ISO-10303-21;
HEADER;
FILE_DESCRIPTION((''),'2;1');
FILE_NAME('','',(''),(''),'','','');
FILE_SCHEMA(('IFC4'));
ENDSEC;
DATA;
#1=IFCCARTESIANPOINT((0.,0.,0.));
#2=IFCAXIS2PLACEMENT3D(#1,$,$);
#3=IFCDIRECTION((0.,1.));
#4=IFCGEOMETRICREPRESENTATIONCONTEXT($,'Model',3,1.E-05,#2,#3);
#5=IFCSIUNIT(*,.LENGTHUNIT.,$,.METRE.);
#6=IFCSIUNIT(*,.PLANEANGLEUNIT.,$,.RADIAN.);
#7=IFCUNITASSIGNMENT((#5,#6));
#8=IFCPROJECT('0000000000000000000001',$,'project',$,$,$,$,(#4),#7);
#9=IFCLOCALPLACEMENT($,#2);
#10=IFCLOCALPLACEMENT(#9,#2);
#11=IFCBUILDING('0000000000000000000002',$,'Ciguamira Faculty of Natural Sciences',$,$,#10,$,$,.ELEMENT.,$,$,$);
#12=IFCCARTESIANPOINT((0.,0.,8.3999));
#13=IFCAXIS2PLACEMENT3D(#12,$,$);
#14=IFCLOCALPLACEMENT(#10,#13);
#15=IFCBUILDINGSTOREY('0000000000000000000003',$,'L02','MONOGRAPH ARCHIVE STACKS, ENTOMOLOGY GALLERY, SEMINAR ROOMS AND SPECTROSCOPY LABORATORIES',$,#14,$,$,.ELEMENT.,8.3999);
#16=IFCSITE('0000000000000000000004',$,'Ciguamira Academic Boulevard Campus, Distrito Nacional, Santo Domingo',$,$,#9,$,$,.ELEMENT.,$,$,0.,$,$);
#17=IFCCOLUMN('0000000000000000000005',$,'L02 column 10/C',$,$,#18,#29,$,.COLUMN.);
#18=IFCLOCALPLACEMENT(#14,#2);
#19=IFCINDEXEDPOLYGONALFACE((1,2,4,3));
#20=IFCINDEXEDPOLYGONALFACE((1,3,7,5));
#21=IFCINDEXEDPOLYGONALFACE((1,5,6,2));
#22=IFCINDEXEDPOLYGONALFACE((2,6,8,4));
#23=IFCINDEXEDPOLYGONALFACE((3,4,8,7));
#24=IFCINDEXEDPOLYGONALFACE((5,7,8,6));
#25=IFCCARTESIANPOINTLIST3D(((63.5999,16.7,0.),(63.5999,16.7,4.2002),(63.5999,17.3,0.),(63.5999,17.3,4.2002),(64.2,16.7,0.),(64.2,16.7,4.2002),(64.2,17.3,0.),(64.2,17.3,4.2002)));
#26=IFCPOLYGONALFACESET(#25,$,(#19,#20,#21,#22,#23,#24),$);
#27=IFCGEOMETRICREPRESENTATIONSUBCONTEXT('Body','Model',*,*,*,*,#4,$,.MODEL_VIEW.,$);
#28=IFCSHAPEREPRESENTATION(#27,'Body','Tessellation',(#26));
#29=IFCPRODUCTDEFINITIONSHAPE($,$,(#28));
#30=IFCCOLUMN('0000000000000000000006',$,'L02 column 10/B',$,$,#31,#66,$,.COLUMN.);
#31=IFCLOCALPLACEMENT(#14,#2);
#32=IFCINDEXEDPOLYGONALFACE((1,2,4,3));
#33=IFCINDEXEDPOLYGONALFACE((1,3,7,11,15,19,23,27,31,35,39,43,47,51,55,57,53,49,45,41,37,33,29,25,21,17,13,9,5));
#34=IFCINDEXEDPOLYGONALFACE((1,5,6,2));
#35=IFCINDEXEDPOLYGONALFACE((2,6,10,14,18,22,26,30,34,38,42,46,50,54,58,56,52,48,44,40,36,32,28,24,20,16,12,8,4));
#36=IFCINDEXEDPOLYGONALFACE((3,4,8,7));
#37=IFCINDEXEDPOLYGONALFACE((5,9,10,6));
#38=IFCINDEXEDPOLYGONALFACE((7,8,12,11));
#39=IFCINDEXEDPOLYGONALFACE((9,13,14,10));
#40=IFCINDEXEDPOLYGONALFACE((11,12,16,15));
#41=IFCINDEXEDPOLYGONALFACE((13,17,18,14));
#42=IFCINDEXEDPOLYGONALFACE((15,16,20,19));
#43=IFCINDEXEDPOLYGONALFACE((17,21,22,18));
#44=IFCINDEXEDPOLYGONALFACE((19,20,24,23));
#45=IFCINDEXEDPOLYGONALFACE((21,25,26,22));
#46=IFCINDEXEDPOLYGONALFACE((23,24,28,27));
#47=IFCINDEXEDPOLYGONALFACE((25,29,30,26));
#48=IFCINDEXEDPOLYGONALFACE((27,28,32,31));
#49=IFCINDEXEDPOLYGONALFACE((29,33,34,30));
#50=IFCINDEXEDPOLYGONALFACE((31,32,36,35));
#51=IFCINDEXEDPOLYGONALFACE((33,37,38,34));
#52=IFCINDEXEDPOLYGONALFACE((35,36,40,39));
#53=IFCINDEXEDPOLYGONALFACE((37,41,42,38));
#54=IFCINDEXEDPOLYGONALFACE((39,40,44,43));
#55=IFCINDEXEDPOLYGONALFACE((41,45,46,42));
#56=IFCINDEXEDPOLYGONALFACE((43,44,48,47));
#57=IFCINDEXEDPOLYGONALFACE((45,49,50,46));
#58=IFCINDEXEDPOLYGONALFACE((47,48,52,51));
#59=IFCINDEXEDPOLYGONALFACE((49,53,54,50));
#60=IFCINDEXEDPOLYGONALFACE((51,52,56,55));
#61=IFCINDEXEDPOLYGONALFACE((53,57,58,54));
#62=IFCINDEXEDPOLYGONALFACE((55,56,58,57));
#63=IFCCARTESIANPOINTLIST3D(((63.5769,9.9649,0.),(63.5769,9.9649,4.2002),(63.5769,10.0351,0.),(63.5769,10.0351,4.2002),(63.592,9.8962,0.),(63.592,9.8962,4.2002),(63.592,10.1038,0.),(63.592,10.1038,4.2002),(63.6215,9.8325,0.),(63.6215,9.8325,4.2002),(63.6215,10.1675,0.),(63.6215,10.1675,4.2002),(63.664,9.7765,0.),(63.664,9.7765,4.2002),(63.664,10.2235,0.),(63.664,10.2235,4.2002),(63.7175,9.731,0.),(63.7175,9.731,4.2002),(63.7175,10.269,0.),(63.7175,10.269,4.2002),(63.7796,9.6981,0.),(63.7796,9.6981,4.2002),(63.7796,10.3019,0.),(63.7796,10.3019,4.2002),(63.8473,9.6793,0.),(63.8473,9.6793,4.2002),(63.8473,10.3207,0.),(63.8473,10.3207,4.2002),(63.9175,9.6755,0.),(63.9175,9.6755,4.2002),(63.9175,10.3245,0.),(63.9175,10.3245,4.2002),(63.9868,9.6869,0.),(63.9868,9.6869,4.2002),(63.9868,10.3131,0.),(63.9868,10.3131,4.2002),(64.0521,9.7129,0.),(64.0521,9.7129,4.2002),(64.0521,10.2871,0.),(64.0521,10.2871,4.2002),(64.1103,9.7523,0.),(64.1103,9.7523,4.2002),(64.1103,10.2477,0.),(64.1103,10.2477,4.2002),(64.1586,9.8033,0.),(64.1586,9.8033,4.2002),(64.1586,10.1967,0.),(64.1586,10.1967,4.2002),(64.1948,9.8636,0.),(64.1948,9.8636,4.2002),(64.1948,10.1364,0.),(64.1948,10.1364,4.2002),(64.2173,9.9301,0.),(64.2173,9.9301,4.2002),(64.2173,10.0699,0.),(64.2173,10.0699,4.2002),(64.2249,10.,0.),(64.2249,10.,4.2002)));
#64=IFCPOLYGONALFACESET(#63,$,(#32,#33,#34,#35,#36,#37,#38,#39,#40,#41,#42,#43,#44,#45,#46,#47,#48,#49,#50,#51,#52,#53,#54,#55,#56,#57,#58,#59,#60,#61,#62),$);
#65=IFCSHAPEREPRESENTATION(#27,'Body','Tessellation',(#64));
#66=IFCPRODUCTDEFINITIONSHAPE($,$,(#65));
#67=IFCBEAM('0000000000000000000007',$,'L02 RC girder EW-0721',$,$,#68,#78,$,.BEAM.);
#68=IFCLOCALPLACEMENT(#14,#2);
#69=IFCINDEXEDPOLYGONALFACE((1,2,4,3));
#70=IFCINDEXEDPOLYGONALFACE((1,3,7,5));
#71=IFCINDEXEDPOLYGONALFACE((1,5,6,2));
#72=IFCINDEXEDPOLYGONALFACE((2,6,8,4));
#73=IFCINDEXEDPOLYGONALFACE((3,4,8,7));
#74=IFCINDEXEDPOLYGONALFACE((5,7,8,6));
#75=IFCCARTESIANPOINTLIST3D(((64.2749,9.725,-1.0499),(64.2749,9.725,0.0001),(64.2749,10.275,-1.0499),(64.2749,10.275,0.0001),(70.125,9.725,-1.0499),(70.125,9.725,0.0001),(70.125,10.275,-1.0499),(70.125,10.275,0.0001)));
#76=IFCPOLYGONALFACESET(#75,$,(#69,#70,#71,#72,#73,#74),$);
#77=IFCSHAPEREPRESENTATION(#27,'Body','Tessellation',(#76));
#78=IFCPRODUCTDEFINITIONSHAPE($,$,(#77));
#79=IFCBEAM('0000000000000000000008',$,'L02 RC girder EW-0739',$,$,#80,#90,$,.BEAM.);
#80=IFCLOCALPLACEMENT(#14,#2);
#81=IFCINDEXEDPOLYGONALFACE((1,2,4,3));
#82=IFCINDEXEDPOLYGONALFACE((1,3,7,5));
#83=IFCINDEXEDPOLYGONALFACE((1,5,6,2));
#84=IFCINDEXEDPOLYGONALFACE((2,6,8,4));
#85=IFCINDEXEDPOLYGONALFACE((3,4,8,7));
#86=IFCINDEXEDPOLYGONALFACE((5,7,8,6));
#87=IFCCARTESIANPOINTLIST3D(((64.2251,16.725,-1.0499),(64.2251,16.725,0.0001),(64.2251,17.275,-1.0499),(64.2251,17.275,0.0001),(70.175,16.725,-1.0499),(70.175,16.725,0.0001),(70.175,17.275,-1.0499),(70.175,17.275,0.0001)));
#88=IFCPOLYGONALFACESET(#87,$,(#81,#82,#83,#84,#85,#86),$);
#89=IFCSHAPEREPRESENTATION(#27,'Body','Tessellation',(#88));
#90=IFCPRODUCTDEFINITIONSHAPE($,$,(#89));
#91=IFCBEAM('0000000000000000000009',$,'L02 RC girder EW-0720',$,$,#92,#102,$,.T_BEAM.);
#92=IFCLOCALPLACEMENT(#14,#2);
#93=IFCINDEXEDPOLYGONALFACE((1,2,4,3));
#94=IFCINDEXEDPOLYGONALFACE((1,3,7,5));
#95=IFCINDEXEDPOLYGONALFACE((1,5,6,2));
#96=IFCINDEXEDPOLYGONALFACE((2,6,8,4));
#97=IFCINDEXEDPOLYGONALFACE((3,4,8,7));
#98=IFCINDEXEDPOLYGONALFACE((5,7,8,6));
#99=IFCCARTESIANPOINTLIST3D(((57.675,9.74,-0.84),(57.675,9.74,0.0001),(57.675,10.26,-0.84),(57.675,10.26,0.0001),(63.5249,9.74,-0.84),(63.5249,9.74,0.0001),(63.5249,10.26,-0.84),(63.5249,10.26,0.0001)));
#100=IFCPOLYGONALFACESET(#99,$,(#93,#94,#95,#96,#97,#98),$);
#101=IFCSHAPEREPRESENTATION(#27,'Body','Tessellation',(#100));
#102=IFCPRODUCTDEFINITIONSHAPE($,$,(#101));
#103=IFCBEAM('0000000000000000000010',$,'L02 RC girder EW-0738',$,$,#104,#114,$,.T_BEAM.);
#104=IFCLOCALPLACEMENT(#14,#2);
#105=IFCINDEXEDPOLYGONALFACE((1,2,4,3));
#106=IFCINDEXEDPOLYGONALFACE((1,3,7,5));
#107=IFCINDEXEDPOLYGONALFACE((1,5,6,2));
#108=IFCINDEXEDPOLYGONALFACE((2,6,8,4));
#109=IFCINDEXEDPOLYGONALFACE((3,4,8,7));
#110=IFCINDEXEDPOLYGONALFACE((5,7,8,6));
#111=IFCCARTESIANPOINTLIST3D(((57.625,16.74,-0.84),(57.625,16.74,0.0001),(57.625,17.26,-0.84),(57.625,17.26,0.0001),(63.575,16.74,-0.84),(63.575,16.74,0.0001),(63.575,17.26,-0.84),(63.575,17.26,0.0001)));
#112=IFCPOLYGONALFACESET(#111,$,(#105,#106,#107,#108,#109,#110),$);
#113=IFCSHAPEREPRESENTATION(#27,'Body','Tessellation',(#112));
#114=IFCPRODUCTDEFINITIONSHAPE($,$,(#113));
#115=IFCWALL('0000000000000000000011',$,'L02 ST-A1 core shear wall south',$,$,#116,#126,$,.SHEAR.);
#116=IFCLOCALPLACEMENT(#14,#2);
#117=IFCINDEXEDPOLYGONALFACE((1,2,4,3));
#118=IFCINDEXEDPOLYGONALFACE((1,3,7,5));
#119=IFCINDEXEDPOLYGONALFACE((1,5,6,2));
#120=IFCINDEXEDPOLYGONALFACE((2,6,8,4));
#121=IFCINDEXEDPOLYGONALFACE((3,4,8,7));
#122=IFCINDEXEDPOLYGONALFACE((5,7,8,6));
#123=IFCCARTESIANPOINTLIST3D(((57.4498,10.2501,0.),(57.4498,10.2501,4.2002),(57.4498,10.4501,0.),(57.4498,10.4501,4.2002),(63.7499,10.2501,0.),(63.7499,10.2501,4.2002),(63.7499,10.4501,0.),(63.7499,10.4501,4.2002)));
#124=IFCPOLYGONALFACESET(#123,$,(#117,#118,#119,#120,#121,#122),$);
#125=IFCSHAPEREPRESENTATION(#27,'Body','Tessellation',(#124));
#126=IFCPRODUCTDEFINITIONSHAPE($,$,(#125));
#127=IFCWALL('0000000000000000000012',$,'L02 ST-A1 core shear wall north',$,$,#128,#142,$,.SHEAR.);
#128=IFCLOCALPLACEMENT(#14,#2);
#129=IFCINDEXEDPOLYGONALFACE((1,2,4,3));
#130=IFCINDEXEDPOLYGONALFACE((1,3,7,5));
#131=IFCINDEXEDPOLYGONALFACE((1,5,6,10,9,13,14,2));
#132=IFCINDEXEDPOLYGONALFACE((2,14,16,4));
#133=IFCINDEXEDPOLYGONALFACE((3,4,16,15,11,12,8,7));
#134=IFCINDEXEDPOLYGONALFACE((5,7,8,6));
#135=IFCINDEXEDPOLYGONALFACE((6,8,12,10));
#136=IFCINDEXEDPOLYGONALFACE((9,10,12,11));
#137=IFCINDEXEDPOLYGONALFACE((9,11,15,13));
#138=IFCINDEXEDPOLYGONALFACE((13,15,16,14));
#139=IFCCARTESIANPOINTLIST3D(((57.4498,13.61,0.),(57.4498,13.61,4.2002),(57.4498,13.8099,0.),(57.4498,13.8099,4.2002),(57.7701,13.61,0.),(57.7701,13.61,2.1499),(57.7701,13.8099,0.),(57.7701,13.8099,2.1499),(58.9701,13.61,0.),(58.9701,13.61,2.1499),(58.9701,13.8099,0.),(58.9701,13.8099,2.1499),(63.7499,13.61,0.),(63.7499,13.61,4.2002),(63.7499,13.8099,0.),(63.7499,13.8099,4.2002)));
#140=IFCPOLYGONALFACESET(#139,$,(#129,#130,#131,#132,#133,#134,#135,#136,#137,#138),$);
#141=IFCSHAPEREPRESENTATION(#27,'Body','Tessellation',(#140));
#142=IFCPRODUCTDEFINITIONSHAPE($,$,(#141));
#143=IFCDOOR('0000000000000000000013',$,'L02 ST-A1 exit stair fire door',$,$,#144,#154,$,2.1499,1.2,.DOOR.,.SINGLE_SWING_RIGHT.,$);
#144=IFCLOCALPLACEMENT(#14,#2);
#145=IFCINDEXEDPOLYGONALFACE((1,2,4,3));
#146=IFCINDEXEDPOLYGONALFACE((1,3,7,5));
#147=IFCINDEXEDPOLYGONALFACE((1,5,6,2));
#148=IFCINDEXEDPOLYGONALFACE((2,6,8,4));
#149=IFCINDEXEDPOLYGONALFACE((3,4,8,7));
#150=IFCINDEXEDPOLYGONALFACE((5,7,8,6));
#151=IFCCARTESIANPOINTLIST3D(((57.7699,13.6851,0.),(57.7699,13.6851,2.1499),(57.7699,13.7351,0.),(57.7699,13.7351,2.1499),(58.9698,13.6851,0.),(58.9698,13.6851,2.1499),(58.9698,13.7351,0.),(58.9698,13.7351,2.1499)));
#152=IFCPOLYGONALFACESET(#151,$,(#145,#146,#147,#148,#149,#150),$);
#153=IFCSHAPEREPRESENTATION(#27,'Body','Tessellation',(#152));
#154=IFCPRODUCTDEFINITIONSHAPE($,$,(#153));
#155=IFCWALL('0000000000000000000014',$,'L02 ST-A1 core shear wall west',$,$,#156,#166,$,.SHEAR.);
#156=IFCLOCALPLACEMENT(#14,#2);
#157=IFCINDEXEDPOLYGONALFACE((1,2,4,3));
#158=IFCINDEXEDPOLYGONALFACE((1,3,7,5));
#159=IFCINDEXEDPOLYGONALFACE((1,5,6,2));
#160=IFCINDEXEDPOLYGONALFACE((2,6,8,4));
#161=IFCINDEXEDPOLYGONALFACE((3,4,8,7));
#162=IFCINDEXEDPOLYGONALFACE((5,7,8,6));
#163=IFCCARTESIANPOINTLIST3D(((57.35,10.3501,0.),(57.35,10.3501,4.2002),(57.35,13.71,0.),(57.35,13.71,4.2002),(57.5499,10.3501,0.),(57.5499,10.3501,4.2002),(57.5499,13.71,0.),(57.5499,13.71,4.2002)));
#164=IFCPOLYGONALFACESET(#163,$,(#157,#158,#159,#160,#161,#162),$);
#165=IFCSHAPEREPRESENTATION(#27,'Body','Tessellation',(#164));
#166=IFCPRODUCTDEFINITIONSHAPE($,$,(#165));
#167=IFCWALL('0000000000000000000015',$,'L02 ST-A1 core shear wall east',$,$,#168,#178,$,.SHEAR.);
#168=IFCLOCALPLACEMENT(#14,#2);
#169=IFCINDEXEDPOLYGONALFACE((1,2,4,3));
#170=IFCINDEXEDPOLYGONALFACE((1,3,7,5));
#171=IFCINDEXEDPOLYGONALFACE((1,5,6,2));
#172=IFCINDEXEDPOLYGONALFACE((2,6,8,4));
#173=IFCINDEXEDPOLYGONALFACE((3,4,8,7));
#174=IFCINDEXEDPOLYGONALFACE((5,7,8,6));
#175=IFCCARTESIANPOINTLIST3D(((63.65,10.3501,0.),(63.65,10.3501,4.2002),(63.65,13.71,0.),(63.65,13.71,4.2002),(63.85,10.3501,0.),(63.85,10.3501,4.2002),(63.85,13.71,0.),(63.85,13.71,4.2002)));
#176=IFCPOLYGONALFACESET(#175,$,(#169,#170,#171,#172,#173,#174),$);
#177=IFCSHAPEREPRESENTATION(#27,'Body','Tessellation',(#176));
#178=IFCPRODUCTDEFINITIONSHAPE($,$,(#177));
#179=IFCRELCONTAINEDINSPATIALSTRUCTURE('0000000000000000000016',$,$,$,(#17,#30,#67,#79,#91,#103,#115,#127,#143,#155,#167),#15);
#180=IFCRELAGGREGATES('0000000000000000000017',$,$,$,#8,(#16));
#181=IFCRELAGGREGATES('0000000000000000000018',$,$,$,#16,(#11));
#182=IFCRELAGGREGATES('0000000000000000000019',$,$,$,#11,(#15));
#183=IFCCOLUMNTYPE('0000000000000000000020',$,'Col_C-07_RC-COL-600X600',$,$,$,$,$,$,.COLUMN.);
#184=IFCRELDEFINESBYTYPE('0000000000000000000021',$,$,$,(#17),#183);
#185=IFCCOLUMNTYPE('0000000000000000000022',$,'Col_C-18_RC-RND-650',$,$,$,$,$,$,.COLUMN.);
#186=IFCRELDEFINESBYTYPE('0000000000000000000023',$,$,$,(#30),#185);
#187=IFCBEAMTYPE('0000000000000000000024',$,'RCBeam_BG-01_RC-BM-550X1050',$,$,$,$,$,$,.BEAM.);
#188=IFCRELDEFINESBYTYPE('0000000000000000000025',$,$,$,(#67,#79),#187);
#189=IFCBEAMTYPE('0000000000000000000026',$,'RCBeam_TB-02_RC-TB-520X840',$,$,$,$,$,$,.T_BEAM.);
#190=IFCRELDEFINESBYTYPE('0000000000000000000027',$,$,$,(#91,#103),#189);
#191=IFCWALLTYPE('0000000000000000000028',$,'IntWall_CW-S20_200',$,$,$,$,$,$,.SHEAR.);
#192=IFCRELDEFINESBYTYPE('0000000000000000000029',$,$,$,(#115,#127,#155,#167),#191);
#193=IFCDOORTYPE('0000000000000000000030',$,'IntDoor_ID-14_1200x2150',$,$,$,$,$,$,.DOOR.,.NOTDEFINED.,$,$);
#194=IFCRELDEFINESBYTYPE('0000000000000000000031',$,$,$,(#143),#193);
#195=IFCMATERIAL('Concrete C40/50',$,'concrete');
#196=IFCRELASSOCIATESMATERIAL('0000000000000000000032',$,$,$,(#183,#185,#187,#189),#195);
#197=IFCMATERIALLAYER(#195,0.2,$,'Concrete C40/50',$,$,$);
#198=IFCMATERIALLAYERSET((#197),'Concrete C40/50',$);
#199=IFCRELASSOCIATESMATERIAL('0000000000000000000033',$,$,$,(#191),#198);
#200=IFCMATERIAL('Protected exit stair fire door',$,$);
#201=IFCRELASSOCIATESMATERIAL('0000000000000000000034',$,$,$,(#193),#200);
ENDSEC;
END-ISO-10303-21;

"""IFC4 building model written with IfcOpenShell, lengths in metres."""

from ifc_helpers import new_model, si_unit, direction, frame, frame_2d, origin, origin_2d, place, context, subcontext, project, spatial, rectangle, circle, extrude, material, layer, layer_set, material_profile, profile_set, type_object, element, fill, save


model = new_model("IFC4")

# Units and contexts
model_context = context("Model", 3, precision=1e-05, world=origin(), true_north=direction((0.0, 1.0)))
body_context = subcontext(model_context, "Body", "Model", "MODEL_VIEW")
ifc_project = project(units=[si_unit("LENGTHUNIT", "METRE"), si_unit("PLANEANGLEUNIT", "RADIAN")], contexts=[model_context])

# Site, building, storey
site_placement = place(None, origin())
site = spatial("IfcSite", under=ifc_project, at=site_placement, Name="Ciguamira Academic Boulevard Campus, Distrito Nacional, Santo Domingo", CompositionType="ELEMENT", RefElevation=0.0)
building_placement = place(site_placement, origin())
building = spatial("IfcBuilding", under=site, at=building_placement, Name="Ciguamira Faculty of Natural Sciences", CompositionType="ELEMENT")
storey_placement = place(building_placement, frame((0.0, 0.0, 8.3999)))
storey = spatial("IfcBuildingStorey", under=building, at=storey_placement, Name="L02", Description="MONOGRAPH ARCHIVE STACKS, ENTOMOLOGY GALLERY, SEMINAR ROOMS AND SPECTROSCOPY LABORATORIES", CompositionType="ELEMENT", Elevation=8.3999)

# Columns
ifc_material_1 = material(Name="Concrete C40/50", Category="concrete")
ifc_material_profile_1 = material_profile(ifc_material_1, rectangle(XDim=0.6001, YDim=0.6001, at=origin_2d()), Name="RC-COL-600X600")
ifc_profile_set_1 = profile_set([ifc_material_profile_1], Name="Concrete C40/50")
column_type_1 = type_object("IfcColumnType", Name="Col_C-07_RC-COL-600X600", PredefinedType="COLUMN", material=ifc_profile_set_1)
column_1_placement = place(storey_placement, frame((63.8999, 17.0, 0.0), z_axis=(0.0, 0.0, 1.0), x_axis=(1.0, 0.0, 0.0)))
element("IfcColumn", 1, at=column_1_placement, inside=storey, type_object=column_type_1, Name="L02 column 10/C", PredefinedType="COLUMN", context=body_context, shape_type="SweptSolid", body=[
    extrude(rectangle(XDim=0.6001, YDim=0.6001, at=origin_2d()), origin(), (0.0, 0.0, 1.0), 4.2002),
])
ifc_material_profile_2 = material_profile(ifc_material_1, circle(Radius=0.325, at=origin_2d()), Name="RC-RND-650")
ifc_profile_set_2 = profile_set([ifc_material_profile_2], Name="Concrete C40/50")
column_type_2 = type_object("IfcColumnType", Name="Col_C-18_RC-RND-650", PredefinedType="COLUMN", material=ifc_profile_set_2)
column_2_placement = place(storey_placement, frame((63.8999, 10.0, 0.0), z_axis=(0.0, 0.0, 1.0), x_axis=(1.0, 0.0, 0.0)))
element("IfcColumn", 2, at=column_2_placement, inside=storey, type_object=column_type_2, Name="L02 column 10/B", PredefinedType="COLUMN", context=body_context, shape_type="SweptSolid", body=[
    extrude(circle(Radius=0.325, at=origin_2d()), origin(), (0.0, 0.0, 1.0), 4.2002),
])

# Beams
ifc_material_profile_3 = material_profile(ifc_material_1, rectangle(XDim=0.55, YDim=1.05, at=origin_2d()), Name="RC-BM-550X1050")
ifc_profile_set_3 = profile_set([ifc_material_profile_3], Name="Concrete C40/50")
beam_type_1 = type_object("IfcBeamType", Name="RCBeam_BG-01_RC-BM-550X1050", PredefinedType="BEAM", material=ifc_profile_set_3)
beam_1_placement = place(storey_placement, frame((64.2749, 10.0, -0.5249), z_axis=(1.0, 0.0, 0.0), x_axis=(0.0, 1.0, 0.0)))
element("IfcBeam", 3, at=beam_1_placement, inside=storey, type_object=beam_type_1, Name="L02 RC girder EW-0721", PredefinedType="BEAM", context=body_context, shape_type="SweptSolid", body=[
    extrude(rectangle(XDim=0.55, YDim=1.05, at=origin_2d()), origin(), (0.0, 0.0, 1.0), 5.8501),
])
beam_2_placement = place(storey_placement, frame((64.2251, 17.0, -0.5249), z_axis=(1.0, 0.0, 0.0), x_axis=(0.0, 1.0, 0.0)))
element("IfcBeam", 4, at=beam_2_placement, inside=storey, type_object=beam_type_1, Name="L02 RC girder EW-0739", PredefinedType="BEAM", context=body_context, shape_type="SweptSolid", body=[
    extrude(rectangle(XDim=0.55, YDim=1.05, at=origin_2d()), origin(), (0.0, 0.0, 1.0), 5.95),
])
ifc_material_profile_4 = material_profile(ifc_material_1, rectangle(XDim=0.52, YDim=0.8401, at=origin_2d()), Name="RC-TB-520X840")
ifc_profile_set_4 = profile_set([ifc_material_profile_4], Name="Concrete C40/50")
beam_type_2 = type_object("IfcBeamType", Name="RCBeam_TB-02_RC-TB-520X840", PredefinedType="T_BEAM", material=ifc_profile_set_4)
beam_3_placement = place(storey_placement, frame((57.675, 10.0, -0.4199), z_axis=(1.0, 0.0, 0.0), x_axis=(0.0, 1.0, 0.0)))
element("IfcBeam", 5, at=beam_3_placement, inside=storey, type_object=beam_type_2, Name="L02 RC girder EW-0720", PredefinedType="T_BEAM", context=body_context, shape_type="SweptSolid", body=[
    extrude(rectangle(XDim=0.52, YDim=0.8401, at=origin_2d()), origin(), (0.0, 0.0, 1.0), 5.8499),
])
beam_4_placement = place(storey_placement, frame((57.625, 17.0, -0.4199), z_axis=(1.0, 0.0, 0.0), x_axis=(0.0, 1.0, 0.0)))
element("IfcBeam", 6, at=beam_4_placement, inside=storey, type_object=beam_type_2, Name="L02 RC girder EW-0738", PredefinedType="T_BEAM", context=body_context, shape_type="SweptSolid", body=[
    extrude(rectangle(XDim=0.52, YDim=0.8401, at=origin_2d()), origin(), (0.0, 0.0, 1.0), 5.95),
])

# Wall
ifc_layer = layer(ifc_material_1, 0.2, Name="Concrete C40/50")
ifc_layer_set = layer_set([ifc_layer], Name="Concrete C40/50")
wall_type = type_object("IfcWallType", Name="IntWall_CW-S20_200", PredefinedType="SHEAR", material=ifc_layer_set)
wall_1_placement = place(storey_placement, frame((57.45, 10.3501, 0.0), z_axis=(0.0, 0.0, 1.0), x_axis=(1.0, 0.0, 0.0)))
element("IfcWall", 7, at=wall_1_placement, inside=storey, type_object=wall_type, Name="L02 ST-A1 core shear wall south", PredefinedType="SHEAR", context=body_context, shape_type="SweptSolid", body=[
    extrude(rectangle(XDim=6.3, YDim=0.2, at=frame_2d((3.1499, 0.0))), origin(), (0.0, 0.0, 1.0), 4.2002),
])

# Wall, opening, door
wall_2_placement = place(storey_placement, frame((57.45, 13.71, 0.0), z_axis=(0.0, 0.0, 1.0), x_axis=(1.0, 0.0, 0.0)))
wall_2 = element("IfcWall", 8, at=wall_2_placement, inside=storey, type_object=wall_type, Name="L02 ST-A1 core shear wall north", PredefinedType="SHEAR", context=body_context, shape_type="SweptSolid", body=[
    extrude(rectangle(XDim=6.3, YDim=0.2, at=frame_2d((3.1499, 0.0))), origin(), (0.0, 0.0, 1.0), 4.2002),
])
opening_1_placement = place(wall_2_placement, frame((0.3201, 0.0, 0.0)))
opening_1 = element("IfcOpeningElement", 9, at=opening_1_placement, cuts=wall_2, PredefinedType="OPENING", context=body_context, shape_type="SweptSolid", body=[
    extrude(rectangle(XDim=1.2, YDim=2.1499, at=frame_2d((0.6001, 1.075))), frame((0.0, 0.1099, 0.0), z_axis=(0.0, -1.0, 0.0), x_axis=(1.0, 0.0, 0.0)), (0.0, 0.0, 1.0), 0.22),
])
ifc_material_2 = material(Name="Protected exit stair fire door")
door_type_1 = type_object("IfcDoorType", Name="IntDoor_ID-14_1200x2150", OperationType="NOTDEFINED", PredefinedType="DOOR", material=ifc_material_2)
door_1_placement = place(opening_1_placement, frame((1.2, 0.0, 0.0), z_axis=(0.0, 0.0, 1.0), x_axis=(-1.0, 0.0, 0.0)))
door_1 = element("IfcDoor", 10, at=door_1_placement, inside=storey, type_object=door_type_1, Name="L02 ST-A1 exit stair fire door", OperationType="SINGLE_SWING_RIGHT", OverallHeight=2.1499, OverallWidth=1.2, PredefinedType="DOOR", context=body_context, shape_type="SweptSolid", body=[
    extrude(rectangle(XDim=1.2, YDim=2.1499, at=frame_2d((0.6001, 1.075))), frame((0.0, 0.0249, 0.0), z_axis=(0.0, -1.0, 0.0), x_axis=(1.0, 0.0, 0.0)), (0.0, 0.0, 1.0), 0.05),
])
fill(opening_1, door_1)

# Walls
for number, where, z_axis, x_axis, name in (
    (11, (57.45, 10.3501, 0.0), (0.0, 0.0, 1.0), (0.0, 1.0, 0.0), "L02 ST-A1 core shear wall west"),
    (12, (63.75, 10.3501, 0.0), (0.0, 0.0, 1.0), (0.0, 1.0, 0.0), "L02 ST-A1 core shear wall east"),
):
    element("IfcWall", number, at=place(storey_placement, frame(where, z_axis=z_axis, x_axis=x_axis)), inside=storey, type_object=wall_type, Name=name, PredefinedType="SHEAR", context=body_context, shape_type="SweptSolid", body=[
        extrude(rectangle(XDim=3.3599, YDim=0.2, at=frame_2d((1.6799, 0.0))), origin(), (0.0, 0.0, 1.0), 4.2002),
    ])

save(model, "model.ifc")
